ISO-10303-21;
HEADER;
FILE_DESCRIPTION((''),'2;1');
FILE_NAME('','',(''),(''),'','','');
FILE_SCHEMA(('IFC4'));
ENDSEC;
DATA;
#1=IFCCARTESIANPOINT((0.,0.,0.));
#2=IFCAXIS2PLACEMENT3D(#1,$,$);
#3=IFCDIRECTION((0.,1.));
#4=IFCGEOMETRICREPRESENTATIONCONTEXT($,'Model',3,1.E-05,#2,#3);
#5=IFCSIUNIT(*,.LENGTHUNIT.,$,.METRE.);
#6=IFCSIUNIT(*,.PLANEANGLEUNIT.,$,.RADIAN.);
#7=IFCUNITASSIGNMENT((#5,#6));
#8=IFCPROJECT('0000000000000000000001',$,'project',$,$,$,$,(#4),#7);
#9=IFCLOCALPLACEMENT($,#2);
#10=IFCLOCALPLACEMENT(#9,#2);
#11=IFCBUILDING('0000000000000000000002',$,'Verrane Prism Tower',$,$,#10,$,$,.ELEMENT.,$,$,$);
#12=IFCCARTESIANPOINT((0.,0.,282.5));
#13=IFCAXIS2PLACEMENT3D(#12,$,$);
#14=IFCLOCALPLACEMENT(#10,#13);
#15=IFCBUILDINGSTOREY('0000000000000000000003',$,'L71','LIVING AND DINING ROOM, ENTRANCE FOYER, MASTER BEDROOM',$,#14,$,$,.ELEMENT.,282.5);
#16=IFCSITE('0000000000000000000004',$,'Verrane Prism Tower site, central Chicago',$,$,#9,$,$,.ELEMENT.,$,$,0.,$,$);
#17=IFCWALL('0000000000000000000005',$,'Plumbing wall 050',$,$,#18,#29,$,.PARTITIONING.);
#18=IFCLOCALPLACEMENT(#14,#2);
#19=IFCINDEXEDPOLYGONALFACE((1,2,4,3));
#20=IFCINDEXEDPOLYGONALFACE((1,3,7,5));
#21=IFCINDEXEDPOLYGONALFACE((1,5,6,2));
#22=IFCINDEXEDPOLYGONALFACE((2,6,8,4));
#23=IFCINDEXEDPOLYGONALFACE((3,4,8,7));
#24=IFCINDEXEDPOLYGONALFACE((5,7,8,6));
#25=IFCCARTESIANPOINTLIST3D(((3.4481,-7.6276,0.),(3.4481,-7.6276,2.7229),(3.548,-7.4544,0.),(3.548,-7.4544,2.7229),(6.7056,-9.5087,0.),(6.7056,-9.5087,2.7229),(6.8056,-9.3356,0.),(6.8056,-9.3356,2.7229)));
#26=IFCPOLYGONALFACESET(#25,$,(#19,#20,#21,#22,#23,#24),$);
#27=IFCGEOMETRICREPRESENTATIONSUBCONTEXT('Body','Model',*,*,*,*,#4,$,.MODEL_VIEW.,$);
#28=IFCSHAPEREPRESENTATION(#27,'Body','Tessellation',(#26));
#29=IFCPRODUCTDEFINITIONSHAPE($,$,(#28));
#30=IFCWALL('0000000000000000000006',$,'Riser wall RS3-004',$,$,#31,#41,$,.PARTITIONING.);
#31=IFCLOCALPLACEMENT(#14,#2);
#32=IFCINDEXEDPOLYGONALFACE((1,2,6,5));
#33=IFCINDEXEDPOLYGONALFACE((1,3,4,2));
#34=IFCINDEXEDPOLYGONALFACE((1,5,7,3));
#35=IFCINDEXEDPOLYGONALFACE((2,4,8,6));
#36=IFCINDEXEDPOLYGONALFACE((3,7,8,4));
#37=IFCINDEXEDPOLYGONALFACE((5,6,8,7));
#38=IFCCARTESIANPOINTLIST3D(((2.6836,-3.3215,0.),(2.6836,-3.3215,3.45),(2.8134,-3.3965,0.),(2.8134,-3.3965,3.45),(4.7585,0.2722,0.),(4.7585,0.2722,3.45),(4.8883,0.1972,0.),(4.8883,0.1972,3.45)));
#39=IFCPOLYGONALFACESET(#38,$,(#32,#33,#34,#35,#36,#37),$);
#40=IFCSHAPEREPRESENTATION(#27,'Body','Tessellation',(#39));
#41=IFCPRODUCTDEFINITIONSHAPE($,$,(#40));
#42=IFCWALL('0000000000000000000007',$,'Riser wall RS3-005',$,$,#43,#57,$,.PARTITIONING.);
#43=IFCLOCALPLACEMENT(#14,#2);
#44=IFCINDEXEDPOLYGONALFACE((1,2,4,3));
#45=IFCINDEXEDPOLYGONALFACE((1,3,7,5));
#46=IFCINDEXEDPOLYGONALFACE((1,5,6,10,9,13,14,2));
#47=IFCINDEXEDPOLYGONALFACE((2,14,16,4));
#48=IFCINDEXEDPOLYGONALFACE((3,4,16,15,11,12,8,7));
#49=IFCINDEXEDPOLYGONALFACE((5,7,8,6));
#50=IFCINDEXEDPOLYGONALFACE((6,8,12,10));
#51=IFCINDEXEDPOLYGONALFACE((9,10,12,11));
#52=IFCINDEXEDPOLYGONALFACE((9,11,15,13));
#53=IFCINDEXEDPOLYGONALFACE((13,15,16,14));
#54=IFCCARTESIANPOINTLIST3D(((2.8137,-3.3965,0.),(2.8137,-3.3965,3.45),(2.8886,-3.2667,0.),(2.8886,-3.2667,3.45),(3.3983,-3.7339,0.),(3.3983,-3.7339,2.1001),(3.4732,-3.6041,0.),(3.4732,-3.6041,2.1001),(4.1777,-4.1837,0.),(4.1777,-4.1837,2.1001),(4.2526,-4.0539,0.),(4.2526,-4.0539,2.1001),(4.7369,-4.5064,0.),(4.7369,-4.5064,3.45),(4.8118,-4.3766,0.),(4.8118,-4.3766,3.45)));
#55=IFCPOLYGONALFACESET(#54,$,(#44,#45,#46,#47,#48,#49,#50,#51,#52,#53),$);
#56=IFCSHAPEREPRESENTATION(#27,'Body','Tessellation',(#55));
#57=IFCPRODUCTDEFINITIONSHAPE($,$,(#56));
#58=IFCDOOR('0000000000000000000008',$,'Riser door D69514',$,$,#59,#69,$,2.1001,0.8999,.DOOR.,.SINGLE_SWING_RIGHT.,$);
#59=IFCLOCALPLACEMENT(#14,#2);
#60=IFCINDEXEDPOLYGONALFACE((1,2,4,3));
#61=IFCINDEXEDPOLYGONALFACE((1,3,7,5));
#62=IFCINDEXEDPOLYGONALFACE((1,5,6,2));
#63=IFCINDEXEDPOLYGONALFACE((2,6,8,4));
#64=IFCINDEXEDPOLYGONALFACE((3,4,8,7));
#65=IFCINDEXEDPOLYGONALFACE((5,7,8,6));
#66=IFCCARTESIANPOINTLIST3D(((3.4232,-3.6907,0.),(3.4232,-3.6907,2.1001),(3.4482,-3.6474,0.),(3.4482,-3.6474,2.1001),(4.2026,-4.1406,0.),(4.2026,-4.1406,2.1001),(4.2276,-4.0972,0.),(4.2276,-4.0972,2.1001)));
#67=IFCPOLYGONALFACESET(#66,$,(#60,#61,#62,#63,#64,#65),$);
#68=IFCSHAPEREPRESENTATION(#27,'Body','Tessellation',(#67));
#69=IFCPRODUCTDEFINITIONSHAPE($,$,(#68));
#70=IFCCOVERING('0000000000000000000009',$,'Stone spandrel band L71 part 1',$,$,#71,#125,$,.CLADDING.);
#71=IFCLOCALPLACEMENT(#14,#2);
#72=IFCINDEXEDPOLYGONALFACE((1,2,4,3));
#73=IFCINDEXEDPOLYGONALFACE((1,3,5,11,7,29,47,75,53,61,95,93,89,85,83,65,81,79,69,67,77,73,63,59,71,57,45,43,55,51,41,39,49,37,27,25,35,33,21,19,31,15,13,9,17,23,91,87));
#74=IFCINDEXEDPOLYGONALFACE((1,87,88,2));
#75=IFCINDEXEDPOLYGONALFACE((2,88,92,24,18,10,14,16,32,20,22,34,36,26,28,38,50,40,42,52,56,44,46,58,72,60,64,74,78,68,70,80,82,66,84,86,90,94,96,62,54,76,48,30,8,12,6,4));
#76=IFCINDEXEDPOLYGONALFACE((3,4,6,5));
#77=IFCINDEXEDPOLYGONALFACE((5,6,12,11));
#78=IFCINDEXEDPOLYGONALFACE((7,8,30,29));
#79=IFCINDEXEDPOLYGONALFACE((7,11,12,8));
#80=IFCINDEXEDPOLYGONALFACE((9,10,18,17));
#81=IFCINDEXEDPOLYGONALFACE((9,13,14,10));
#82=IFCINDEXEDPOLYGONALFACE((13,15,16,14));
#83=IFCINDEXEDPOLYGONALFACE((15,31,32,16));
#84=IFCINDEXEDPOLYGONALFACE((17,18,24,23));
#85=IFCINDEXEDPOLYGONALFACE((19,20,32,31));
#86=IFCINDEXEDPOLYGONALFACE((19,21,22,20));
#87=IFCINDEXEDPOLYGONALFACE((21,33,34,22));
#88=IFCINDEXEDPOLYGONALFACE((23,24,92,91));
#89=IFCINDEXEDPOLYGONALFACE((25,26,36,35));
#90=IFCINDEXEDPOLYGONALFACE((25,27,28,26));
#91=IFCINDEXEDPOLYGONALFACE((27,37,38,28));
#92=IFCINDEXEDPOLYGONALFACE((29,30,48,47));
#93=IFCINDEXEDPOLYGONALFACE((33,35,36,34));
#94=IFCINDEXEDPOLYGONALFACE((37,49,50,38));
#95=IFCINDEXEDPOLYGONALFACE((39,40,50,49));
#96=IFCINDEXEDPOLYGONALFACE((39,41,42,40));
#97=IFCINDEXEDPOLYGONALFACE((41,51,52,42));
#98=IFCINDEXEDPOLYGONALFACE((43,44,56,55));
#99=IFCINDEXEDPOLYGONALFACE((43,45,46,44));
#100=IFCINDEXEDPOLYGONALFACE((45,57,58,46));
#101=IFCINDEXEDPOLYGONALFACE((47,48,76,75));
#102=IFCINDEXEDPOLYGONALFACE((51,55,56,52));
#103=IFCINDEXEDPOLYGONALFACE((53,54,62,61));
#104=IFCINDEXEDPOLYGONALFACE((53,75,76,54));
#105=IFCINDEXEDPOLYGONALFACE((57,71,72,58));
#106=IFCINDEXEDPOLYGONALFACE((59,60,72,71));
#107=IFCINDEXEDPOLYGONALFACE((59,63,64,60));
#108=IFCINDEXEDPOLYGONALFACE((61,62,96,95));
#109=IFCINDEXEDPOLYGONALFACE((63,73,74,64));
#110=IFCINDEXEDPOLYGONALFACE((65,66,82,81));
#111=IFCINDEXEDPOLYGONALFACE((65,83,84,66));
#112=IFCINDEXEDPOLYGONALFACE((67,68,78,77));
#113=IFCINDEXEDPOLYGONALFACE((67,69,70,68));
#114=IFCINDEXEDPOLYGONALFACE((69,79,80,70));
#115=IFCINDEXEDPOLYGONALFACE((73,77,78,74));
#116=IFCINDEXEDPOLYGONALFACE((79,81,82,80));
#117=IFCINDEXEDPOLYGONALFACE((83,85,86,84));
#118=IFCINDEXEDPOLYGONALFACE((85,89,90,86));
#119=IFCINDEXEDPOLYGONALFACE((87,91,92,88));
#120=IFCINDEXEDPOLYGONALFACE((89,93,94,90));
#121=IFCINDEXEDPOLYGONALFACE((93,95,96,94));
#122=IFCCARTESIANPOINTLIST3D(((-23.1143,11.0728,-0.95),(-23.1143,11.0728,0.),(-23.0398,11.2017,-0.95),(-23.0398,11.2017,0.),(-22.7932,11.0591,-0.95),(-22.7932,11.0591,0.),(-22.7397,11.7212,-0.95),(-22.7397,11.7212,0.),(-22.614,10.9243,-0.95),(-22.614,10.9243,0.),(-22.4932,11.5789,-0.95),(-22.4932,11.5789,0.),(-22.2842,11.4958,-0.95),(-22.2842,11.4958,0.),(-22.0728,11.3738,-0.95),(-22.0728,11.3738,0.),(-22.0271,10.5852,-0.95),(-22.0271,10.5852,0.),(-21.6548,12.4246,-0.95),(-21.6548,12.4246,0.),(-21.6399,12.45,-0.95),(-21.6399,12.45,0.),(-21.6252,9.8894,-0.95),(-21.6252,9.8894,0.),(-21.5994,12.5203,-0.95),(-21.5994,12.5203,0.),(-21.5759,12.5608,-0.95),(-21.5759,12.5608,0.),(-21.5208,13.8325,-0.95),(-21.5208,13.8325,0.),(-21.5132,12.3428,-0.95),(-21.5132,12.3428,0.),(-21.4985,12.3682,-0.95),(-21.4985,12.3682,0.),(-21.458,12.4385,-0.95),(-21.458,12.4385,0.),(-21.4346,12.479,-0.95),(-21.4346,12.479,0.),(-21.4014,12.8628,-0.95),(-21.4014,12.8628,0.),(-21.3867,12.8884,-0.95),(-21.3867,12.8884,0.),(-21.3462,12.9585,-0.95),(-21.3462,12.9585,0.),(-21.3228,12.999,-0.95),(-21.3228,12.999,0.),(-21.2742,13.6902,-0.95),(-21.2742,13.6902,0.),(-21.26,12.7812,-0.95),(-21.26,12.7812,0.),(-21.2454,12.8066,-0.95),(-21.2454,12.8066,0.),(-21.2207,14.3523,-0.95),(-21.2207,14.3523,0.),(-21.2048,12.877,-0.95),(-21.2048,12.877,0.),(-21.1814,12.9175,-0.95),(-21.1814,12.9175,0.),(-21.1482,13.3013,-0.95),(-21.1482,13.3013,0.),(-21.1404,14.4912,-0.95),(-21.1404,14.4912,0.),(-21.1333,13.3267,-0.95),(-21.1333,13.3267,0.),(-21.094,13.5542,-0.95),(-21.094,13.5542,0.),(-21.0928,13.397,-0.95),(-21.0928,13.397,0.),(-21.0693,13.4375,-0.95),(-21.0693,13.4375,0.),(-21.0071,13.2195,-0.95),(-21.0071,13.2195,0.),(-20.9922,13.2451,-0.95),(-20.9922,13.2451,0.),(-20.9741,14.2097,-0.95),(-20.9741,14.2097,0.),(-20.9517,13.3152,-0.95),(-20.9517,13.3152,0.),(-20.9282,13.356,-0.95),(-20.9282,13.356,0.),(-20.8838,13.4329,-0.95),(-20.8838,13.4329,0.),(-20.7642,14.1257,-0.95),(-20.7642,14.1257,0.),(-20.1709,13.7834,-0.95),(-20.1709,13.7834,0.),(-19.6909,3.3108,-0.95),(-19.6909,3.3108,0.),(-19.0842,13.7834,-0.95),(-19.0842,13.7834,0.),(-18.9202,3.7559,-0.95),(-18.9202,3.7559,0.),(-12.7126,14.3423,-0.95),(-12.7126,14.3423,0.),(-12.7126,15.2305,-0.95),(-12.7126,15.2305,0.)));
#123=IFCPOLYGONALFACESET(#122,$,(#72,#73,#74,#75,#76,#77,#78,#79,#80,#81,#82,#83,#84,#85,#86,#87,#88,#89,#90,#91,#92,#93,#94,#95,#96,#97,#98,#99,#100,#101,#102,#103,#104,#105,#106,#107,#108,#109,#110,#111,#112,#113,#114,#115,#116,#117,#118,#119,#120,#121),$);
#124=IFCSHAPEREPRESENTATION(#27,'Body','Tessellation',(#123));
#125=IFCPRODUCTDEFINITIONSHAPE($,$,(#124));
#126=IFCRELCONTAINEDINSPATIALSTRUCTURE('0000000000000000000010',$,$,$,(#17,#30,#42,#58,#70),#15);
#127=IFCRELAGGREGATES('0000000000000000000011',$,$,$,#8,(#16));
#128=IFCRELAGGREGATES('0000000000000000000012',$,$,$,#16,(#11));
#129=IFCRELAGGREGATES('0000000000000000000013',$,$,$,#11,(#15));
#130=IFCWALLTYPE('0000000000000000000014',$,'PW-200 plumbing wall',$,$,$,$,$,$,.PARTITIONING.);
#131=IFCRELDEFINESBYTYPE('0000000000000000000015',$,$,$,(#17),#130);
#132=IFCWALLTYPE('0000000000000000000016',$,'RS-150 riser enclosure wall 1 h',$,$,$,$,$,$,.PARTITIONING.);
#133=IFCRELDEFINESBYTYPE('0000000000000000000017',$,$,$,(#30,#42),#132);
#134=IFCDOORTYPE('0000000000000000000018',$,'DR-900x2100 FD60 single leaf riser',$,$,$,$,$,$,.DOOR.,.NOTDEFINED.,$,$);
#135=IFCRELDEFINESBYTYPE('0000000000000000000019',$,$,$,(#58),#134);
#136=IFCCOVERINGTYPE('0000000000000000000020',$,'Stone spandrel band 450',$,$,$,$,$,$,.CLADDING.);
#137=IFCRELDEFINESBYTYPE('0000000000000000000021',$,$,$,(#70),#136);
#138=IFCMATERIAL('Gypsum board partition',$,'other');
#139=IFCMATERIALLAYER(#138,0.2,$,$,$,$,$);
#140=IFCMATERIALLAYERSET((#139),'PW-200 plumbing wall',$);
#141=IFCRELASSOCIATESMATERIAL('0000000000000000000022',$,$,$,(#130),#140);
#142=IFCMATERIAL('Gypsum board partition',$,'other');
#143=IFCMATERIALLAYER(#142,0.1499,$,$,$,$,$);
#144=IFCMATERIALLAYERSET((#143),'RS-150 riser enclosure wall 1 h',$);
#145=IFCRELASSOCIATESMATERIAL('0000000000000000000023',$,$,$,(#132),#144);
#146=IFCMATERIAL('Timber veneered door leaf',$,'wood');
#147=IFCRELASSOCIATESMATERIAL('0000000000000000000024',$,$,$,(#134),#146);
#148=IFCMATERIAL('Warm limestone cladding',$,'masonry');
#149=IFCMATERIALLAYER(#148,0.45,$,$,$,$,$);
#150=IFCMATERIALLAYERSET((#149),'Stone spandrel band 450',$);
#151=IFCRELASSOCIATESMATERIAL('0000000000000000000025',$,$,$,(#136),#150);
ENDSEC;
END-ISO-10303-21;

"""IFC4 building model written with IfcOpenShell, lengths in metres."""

from ifc_helpers import new_model, si_unit, direction, frame, frame_2d, origin, place, context, subcontext, project, spatial, polyline, rectangle, outline, extrude, material, layer, layer_set, type_object, element, fill, save


model = new_model("IFC4")

# Units and contexts
model_context = context("Model", 3, precision=1e-05, world=origin(), true_north=direction((0.0, 1.0)))
body_context = subcontext(model_context, "Body", "Model", "MODEL_VIEW")
ifc_project = project(units=[si_unit("LENGTHUNIT", "METRE"), si_unit("PLANEANGLEUNIT", "RADIAN")], contexts=[model_context])

# Site, building, storey
site_placement = place(None, origin())
site = spatial("IfcSite", under=ifc_project, at=site_placement, Name="Verrane Prism Tower site, central Chicago", CompositionType="ELEMENT", RefElevation=0.0)
building_placement = place(site_placement, origin())
building = spatial("IfcBuilding", under=site, at=building_placement, Name="Verrane Prism Tower", CompositionType="ELEMENT")
storey_placement = place(building_placement, frame((0.0, 0.0, 282.5)))
storey = spatial("IfcBuildingStorey", under=building, at=storey_placement, Name="L71", Description="LIVING AND DINING ROOM, ENTRANCE FOYER, MASTER BEDROOM", CompositionType="ELEMENT", Elevation=282.5)

# Walls
ifc_material_1 = material(Name="Gypsum board partition", Category="other")
ifc_layer_1 = layer(ifc_material_1, 0.2)
ifc_layer_set_1 = layer_set([ifc_layer_1], Name="PW-200 plumbing wall")
wall_type_1 = type_object("IfcWallType", Name="PW-200 plumbing wall", PredefinedType="PARTITIONING", material=ifc_layer_set_1)
wall_1_placement = place(storey_placement, frame((3.498, -7.541, 0.0), z_axis=(0.0, 0.0, 1.0), x_axis=(0.865986, -0.500069, 0.0)))
element("IfcWall", 1, at=wall_1_placement, inside=storey, type_object=wall_type_1, Name="Plumbing wall 050", PredefinedType="PARTITIONING", context=body_context, shape_type="SweptSolid", body=[
    extrude(rectangle(XDim=3.7617, YDim=0.2, at=frame_2d((1.8809, 0.0))), origin(), (0.0, 0.0, 1.0), 2.7229),
])
ifc_material_2 = material(Name="Gypsum board partition", Category="other")
ifc_layer_2 = layer(ifc_material_2, 0.1499)
ifc_layer_set_2 = layer_set([ifc_layer_2], Name="RS-150 riser enclosure wall 1 h")
wall_type_2 = type_object("IfcWallType", Name="RS-150 riser enclosure wall 1 h", PredefinedType="PARTITIONING", material=ifc_layer_set_2)
wall_2_placement = place(storey_placement, frame((2.7485, -3.3589, 0.0), z_axis=(0.0, 0.0, 1.0), x_axis=(0.500018, 0.866015, 0.0)))
element("IfcWall", 2, at=wall_2_placement, inside=storey, type_object=wall_type_2, Name="Riser wall RS3-004", PredefinedType="PARTITIONING", context=body_context, shape_type="SweptSolid", body=[
    extrude(rectangle(XDim=4.1497, YDim=0.1499, at=frame_2d((2.0747, 0.0))), origin(), (0.0, 0.0, 1.0), 3.45),
])

# Wall, opening, door
wall_3_placement = place(storey_placement, frame((2.8511, -3.3315, 0.0), z_axis=(0.0, 0.0, 1.0), x_axis=(0.866111, -0.499853, 0.0)))
wall_3 = element("IfcWall", 3, at=wall_3_placement, inside=storey, type_object=wall_type_2, Name="Riser wall RS3-005", PredefinedType="PARTITIONING", context=body_context, shape_type="SweptSolid", body=[
    extrude(rectangle(XDim=2.2205, YDim=0.1499, at=frame_2d((1.1104, 0.0))), origin(), (0.0, 0.0, 1.0), 3.45),
])
opening_1_placement = place(wall_3_placement, frame((0.675, 0.0, 0.0)))
opening_1 = element("IfcOpeningElement", 4, at=opening_1_placement, cuts=wall_3, PredefinedType="OPENING", context=body_context, shape_type="SweptSolid", body=[
    extrude(rectangle(XDim=0.8999, YDim=2.1001, at=frame_2d((0.45, 1.05))), frame((0.0, 0.085, 0.0), z_axis=(0.0, -1.0, 0.0), x_axis=(1.0, 0.0, 0.0)), (0.0, 0.0, 1.0), 0.1699),
])
ifc_material_3 = material(Name="Timber veneered door leaf", Category="wood")
door_type_1 = type_object("IfcDoorType", Name="DR-900x2100 FD60 single leaf riser", OperationType="NOTDEFINED", PredefinedType="DOOR", material=ifc_material_3)
door_1_placement = place(opening_1_placement, origin())
door_1 = element("IfcDoor", 5, at=door_1_placement, inside=storey, type_object=door_type_1, Name="Riser door D69514", OperationType="SINGLE_SWING_RIGHT", OverallHeight=2.1001, OverallWidth=0.8999, PredefinedType="DOOR", context=body_context, shape_type="SweptSolid", body=[
    extrude(rectangle(XDim=0.8999, YDim=2.1001, at=frame_2d((0.45, 1.05))), frame((0.0, 0.0249, 0.0), z_axis=(0.0, -1.0, 0.0), x_axis=(1.0, 0.0, 0.0)), (0.0, 0.0, 1.0), 0.05),
])
fill(opening_1, door_1)

# Covering
ifc_material_4 = material(Name="Warm limestone cladding", Category="masonry")
ifc_layer_3 = layer(ifc_material_4, 0.45)
ifc_layer_set_3 = layer_set([ifc_layer_3], Name="Stone spandrel band 450")
covering_type = type_object("IfcCoveringType", Name="Stone spandrel band 450", PredefinedType="CLADDING", material=ifc_layer_set_3)
covering_1_placement = place(storey_placement, frame((0.0, 0.0, -0.95)))
element("IfcCovering", 6, at=covering_1_placement, inside=storey, type_object=covering_type, Name="Stone spandrel band L71 part 1", PredefinedType="CLADDING", context=body_context, shape_type="SweptSolid", body=[
    extrude(outline(polyline([(-19.6909, 3.3108), (-18.9202, 3.7559), (-21.6252, 9.8894), (-22.0271, 10.5852), (-22.614, 10.9243), (-22.2842, 11.4958), (-22.0728, 11.3738), (-21.5132, 12.3428), (-21.6548, 12.4246), (-21.6399, 12.45), (-21.4985, 12.3682), (-21.458, 12.4385), (-21.5994, 12.5203), (-21.5759, 12.5608), (-21.4346, 12.479), (-21.26, 12.7812), (-21.4014, 12.8628), (-21.3867, 12.8884), (-21.2454, 12.8066), (-21.2048, 12.877), (-21.3462, 12.9585), (-21.3228, 12.999), (-21.1814, 12.9175), (-21.0071, 13.2195), (-21.1482, 13.3013), (-21.1333, 13.3267), (-20.9922, 13.2451), (-20.9517, 13.3152), (-21.0928, 13.397), (-21.0693, 13.4375), (-20.9282, 13.356), (-20.8838, 13.4329), (-21.094, 13.5542), (-20.7642, 14.1257), (-20.1709, 13.7834), (-19.0842, 13.7834), (-12.7126, 14.3423), (-12.7126, 15.2305), (-21.1404, 14.4912), (-21.2207, 14.3523), (-20.9741, 14.2097), (-21.2742, 13.6902), (-21.5208, 13.8325), (-22.7397, 11.7212), (-22.4932, 11.5789), (-22.7932, 11.0591), (-23.0398, 11.2017), (-23.1143, 11.0728), (-19.6909, 3.3108)])), origin(), (0.0, 0.0, 1.0), 0.95),
])

save(model, "model.ifc")
